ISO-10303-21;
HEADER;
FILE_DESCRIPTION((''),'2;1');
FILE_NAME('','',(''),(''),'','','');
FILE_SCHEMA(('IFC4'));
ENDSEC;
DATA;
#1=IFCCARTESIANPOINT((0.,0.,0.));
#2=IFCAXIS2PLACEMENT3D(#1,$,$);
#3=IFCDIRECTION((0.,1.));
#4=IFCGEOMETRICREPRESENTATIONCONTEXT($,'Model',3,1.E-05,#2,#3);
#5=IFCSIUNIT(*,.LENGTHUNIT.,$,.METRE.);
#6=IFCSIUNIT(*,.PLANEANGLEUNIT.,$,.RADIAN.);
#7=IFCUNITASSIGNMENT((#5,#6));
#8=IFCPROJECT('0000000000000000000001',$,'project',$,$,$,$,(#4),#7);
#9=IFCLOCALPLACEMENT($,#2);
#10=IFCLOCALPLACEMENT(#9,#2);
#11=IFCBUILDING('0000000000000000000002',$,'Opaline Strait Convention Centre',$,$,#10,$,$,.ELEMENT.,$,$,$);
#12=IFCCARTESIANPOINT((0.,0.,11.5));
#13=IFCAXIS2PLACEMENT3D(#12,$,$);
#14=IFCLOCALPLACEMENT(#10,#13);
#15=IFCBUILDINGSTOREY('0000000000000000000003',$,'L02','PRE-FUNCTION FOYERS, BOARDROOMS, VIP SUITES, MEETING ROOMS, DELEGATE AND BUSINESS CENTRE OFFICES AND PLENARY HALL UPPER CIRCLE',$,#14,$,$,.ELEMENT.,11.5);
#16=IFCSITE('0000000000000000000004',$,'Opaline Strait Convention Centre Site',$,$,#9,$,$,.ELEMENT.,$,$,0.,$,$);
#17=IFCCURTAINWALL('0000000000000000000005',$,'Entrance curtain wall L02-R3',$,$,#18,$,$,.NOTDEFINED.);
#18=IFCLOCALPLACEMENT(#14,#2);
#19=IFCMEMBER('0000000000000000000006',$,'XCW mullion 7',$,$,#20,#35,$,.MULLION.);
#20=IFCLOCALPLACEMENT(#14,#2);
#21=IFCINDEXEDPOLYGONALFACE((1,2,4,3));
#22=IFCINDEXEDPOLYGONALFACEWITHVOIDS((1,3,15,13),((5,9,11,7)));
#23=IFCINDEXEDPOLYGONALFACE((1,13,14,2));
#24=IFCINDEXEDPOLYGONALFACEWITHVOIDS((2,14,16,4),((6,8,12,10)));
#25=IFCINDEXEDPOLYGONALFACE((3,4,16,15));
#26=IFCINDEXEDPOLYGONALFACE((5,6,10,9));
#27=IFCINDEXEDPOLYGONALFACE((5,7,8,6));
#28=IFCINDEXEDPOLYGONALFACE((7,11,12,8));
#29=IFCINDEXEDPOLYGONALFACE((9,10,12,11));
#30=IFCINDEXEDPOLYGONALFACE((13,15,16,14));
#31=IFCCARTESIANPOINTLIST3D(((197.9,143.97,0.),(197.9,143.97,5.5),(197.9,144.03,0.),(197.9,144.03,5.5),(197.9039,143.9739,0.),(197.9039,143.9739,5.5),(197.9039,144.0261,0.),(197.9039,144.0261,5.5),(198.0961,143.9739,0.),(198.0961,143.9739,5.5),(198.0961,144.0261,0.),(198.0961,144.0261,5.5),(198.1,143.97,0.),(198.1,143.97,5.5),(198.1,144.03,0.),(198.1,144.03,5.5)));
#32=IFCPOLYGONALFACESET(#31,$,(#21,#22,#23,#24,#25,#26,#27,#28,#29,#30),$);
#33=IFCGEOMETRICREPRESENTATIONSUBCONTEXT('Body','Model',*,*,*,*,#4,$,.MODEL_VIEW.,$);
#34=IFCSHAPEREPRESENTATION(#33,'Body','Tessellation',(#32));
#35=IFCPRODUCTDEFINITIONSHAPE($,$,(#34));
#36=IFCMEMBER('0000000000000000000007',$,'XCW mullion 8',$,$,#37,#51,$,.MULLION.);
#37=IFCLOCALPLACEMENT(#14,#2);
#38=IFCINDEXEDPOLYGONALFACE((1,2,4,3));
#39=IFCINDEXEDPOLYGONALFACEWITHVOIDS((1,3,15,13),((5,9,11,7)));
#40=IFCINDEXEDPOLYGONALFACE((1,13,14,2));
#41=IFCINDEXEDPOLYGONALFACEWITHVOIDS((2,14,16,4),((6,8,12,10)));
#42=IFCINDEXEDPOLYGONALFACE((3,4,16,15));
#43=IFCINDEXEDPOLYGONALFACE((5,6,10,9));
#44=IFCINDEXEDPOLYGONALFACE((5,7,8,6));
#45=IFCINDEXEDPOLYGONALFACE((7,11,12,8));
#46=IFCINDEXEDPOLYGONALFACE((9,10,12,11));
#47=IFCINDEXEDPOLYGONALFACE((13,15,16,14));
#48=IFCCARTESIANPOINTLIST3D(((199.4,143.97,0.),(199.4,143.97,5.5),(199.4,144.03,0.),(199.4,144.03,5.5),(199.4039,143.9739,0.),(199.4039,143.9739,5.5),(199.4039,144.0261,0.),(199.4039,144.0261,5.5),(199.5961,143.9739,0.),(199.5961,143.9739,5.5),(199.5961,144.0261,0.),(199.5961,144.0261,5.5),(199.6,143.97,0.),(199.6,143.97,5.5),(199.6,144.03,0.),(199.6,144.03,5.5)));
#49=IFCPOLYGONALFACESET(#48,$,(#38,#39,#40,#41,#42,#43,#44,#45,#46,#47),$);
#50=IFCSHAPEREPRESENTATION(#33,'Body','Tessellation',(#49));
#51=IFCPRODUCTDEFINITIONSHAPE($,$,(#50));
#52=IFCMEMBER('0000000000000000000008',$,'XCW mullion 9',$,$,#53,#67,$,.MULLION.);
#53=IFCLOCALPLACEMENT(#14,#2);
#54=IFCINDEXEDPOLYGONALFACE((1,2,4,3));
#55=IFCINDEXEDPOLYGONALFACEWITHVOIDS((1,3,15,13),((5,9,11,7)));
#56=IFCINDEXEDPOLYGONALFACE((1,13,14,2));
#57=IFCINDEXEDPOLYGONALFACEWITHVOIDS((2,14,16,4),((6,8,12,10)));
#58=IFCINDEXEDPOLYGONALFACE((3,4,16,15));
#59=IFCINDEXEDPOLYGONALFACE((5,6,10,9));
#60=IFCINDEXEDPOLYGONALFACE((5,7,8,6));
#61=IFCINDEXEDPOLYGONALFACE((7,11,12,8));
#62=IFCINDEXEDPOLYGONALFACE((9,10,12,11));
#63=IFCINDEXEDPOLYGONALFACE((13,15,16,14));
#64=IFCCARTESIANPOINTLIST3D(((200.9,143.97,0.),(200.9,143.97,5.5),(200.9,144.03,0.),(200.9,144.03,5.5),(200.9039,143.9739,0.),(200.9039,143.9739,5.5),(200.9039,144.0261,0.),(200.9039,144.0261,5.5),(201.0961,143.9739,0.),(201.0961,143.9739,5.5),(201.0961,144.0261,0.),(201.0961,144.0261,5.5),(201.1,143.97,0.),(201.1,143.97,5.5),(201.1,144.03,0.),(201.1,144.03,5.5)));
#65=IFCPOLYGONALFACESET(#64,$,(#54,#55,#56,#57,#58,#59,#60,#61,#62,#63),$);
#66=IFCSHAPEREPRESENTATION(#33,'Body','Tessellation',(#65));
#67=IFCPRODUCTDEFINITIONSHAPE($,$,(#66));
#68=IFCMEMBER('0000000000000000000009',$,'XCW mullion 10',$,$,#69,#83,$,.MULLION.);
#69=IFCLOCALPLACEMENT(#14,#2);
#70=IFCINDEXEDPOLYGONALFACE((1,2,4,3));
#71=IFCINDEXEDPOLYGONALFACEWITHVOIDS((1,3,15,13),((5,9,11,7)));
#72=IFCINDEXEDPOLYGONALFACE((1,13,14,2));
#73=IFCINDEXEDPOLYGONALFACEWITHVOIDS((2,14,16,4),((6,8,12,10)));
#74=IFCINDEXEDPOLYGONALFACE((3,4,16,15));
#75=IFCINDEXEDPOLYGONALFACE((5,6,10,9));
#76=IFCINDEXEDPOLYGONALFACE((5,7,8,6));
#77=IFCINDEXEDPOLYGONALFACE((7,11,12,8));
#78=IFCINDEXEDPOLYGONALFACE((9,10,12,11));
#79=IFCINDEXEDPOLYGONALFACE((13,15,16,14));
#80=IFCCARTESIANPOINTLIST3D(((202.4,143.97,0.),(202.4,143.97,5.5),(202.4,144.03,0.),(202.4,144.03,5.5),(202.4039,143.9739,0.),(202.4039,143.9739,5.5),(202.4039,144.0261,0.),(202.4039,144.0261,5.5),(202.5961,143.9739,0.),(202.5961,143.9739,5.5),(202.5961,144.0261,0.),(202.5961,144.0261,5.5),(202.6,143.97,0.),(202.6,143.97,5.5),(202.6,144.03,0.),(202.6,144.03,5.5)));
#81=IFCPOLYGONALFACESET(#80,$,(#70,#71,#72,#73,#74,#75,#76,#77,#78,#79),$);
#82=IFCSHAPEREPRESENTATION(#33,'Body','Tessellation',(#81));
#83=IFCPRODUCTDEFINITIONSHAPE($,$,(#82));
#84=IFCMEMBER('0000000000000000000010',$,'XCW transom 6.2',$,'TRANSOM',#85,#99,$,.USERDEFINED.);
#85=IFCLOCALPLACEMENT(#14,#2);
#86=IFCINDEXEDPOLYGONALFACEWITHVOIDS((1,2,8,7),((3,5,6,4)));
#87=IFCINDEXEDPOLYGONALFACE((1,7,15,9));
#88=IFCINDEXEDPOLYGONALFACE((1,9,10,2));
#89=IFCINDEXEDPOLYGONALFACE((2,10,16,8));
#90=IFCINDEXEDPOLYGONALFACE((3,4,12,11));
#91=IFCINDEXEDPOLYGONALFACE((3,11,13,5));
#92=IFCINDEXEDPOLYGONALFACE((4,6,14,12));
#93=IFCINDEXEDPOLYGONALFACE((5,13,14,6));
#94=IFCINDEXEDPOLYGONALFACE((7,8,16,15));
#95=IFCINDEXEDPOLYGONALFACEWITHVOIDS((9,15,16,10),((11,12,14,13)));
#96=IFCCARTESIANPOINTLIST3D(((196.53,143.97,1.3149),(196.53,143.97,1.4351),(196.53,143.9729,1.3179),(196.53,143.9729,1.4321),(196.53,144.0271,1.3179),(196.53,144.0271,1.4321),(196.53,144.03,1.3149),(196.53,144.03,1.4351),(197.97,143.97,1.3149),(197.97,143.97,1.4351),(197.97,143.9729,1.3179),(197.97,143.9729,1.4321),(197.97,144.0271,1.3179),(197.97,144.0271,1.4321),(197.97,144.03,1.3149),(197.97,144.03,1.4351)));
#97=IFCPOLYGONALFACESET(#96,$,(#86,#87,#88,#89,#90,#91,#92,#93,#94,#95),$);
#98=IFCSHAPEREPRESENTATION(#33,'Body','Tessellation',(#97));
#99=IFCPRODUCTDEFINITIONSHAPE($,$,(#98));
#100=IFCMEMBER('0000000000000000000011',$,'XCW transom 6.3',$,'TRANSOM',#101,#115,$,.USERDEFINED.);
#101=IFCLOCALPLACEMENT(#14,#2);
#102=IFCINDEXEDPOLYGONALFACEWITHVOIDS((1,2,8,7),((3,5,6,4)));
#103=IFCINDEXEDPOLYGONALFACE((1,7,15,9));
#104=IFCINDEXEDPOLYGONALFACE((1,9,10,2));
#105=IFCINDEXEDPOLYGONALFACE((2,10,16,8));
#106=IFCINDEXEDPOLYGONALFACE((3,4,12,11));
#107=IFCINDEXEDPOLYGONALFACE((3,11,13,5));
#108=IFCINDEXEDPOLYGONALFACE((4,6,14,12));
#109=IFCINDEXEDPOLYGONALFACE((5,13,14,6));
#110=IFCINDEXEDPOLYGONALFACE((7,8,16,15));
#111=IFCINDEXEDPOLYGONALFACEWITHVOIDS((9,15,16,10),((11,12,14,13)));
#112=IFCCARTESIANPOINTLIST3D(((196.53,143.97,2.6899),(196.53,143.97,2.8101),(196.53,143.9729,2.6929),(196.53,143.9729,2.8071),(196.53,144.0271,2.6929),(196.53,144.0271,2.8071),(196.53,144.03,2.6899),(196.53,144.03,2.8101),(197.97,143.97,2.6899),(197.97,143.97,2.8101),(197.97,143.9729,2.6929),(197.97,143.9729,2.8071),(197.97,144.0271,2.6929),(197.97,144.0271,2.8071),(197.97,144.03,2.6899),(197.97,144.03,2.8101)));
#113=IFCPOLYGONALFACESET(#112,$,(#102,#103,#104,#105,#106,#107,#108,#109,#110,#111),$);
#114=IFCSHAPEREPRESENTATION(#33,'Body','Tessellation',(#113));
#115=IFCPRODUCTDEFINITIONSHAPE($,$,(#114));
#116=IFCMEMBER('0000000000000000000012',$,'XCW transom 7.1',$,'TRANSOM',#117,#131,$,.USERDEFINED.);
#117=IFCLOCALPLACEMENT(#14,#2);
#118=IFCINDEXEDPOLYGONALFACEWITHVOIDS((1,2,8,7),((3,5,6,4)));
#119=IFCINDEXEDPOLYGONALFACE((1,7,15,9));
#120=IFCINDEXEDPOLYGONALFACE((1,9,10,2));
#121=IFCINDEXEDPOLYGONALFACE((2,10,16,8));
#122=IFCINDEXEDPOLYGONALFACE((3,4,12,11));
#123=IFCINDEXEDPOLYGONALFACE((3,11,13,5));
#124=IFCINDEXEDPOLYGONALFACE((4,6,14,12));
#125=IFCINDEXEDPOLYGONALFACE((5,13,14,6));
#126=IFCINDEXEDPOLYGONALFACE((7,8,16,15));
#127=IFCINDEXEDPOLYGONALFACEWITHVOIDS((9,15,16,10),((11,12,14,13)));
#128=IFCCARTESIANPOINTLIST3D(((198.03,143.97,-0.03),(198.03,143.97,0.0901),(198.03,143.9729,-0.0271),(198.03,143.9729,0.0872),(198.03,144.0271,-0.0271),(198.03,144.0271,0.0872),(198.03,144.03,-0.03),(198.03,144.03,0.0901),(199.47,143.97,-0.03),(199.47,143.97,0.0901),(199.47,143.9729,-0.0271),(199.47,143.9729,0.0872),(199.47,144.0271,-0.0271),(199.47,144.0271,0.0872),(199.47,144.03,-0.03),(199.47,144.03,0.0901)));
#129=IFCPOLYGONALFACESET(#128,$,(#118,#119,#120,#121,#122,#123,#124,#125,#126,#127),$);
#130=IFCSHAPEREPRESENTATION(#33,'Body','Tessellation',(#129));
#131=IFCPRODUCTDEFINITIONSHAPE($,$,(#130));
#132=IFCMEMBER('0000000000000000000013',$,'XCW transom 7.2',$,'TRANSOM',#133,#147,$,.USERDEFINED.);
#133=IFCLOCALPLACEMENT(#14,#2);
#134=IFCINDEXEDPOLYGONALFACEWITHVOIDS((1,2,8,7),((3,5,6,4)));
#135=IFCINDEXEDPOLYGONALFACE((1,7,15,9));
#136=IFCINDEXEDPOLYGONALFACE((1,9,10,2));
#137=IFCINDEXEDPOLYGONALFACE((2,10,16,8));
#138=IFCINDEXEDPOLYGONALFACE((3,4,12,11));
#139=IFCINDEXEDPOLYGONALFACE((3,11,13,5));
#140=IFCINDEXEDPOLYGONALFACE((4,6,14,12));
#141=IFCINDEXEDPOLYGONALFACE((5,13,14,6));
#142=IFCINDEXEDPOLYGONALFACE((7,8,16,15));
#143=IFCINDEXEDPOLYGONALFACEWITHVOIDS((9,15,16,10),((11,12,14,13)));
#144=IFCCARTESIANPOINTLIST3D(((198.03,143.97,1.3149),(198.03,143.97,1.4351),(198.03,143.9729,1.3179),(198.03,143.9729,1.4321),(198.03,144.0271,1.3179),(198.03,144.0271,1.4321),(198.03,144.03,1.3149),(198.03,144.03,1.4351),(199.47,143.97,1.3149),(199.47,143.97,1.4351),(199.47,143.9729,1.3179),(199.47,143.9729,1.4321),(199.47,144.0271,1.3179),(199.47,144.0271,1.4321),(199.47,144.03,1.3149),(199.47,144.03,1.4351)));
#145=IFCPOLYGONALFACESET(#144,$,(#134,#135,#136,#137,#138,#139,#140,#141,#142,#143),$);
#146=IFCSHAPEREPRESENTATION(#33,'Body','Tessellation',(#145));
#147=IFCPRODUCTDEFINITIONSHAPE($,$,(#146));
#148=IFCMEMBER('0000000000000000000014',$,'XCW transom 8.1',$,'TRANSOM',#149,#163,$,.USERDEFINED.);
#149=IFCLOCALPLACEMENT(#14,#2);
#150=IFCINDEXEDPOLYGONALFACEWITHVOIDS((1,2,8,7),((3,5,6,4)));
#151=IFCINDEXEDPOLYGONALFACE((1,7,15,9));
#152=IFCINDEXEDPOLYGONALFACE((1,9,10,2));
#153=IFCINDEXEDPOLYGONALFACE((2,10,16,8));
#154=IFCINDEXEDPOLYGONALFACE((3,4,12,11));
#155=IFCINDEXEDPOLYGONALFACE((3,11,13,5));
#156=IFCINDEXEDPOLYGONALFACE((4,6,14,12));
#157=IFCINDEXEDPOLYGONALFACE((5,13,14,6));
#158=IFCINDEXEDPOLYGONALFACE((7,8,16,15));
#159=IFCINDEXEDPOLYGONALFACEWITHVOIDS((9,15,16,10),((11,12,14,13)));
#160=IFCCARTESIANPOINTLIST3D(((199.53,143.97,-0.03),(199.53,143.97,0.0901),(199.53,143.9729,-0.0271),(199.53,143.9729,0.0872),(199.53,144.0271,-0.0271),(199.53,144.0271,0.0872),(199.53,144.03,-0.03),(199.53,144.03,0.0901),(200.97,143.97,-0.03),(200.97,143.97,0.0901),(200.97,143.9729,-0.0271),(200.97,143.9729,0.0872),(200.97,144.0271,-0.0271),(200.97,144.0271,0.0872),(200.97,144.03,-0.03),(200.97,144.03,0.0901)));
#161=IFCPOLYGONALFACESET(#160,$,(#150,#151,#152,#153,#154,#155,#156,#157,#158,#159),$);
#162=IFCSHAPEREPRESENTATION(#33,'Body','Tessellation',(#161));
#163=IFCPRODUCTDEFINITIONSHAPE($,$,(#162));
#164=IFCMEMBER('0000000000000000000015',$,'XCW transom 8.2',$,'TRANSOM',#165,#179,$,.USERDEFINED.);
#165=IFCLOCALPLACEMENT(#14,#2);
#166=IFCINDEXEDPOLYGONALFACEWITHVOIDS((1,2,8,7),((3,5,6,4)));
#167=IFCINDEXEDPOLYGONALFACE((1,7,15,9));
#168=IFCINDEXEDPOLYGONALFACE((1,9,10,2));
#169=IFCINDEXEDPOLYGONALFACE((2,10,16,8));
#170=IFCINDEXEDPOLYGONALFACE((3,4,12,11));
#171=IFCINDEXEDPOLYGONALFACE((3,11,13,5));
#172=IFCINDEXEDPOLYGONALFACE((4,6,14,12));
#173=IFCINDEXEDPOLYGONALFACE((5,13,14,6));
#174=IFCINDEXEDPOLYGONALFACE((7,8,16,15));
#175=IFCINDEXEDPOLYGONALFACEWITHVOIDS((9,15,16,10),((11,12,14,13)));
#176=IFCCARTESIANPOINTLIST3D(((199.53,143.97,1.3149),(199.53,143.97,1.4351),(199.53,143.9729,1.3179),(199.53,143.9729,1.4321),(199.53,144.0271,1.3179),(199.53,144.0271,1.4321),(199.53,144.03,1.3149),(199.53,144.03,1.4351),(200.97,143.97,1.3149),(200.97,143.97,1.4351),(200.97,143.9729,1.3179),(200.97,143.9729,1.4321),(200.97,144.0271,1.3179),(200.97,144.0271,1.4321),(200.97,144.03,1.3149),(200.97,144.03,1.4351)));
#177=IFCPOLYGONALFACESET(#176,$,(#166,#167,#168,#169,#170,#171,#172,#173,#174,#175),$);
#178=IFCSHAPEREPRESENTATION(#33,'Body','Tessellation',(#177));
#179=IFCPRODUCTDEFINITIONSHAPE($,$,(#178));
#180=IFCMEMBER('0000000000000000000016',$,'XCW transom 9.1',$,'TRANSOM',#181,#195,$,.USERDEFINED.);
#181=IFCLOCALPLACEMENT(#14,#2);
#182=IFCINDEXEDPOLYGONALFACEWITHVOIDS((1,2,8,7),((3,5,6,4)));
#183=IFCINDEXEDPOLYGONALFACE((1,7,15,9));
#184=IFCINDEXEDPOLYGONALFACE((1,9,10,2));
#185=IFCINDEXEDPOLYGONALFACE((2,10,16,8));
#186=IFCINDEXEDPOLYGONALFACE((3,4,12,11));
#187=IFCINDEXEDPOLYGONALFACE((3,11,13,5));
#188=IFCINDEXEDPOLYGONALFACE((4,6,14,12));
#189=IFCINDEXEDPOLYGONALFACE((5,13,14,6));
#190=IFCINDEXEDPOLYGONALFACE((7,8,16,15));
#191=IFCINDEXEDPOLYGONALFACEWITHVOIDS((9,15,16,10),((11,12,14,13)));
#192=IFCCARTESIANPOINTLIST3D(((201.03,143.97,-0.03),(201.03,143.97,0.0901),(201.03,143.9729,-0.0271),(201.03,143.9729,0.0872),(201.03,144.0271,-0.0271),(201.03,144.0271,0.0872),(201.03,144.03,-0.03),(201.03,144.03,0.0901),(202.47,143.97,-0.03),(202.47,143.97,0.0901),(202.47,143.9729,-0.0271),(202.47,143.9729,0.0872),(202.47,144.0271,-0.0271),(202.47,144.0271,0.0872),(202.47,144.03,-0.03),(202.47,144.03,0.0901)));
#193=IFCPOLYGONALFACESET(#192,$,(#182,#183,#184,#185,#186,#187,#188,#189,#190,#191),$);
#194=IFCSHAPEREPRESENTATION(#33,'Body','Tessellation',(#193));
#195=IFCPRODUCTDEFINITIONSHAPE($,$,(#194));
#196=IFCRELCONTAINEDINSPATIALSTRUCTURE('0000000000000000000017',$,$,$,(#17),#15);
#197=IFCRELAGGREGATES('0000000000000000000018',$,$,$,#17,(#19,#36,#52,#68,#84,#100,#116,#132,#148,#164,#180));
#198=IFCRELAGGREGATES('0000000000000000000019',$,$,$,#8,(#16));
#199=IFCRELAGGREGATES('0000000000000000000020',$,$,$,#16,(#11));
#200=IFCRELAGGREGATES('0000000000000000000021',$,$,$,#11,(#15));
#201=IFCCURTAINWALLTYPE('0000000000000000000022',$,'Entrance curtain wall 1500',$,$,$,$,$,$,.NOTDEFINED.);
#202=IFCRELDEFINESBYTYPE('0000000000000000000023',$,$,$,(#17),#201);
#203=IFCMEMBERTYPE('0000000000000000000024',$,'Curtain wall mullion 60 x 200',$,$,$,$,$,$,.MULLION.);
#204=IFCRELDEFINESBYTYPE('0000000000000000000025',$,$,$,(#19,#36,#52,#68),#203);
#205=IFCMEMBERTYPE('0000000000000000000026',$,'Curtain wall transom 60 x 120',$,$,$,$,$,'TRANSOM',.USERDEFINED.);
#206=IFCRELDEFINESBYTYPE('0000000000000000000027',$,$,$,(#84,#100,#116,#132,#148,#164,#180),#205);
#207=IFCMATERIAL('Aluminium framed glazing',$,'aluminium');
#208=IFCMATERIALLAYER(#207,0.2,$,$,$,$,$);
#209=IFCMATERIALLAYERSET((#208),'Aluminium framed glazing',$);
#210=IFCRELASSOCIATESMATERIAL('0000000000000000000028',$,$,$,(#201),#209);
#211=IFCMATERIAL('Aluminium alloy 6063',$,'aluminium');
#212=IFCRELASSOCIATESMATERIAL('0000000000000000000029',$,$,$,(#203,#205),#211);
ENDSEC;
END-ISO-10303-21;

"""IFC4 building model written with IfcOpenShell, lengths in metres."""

from ifc_helpers import new_model, si_unit, direction, frame, origin, origin_2d, place, context, subcontext, project, spatial, hollow_rectangle, extrude, material, layer, layer_set, material_profile, profile_set, type_object, element, aggregate, save


model = new_model("IFC4")

# Units and contexts
model_context = context("Model", 3, precision=1e-05, world=origin(), true_north=direction((0.0, 1.0)))
body_context = subcontext(model_context, "Body", "Model", "MODEL_VIEW")
ifc_project = project(units=[si_unit("LENGTHUNIT", "METRE"), si_unit("PLANEANGLEUNIT", "RADIAN")], contexts=[model_context])

# Site, building, storey
site_placement = place(None, origin())
site = spatial("IfcSite", under=ifc_project, at=site_placement, Name="Opaline Strait Convention Centre Site", CompositionType="ELEMENT", RefElevation=0.0)
building_placement = place(site_placement, origin())
building = spatial("IfcBuilding", under=site, at=building_placement, Name="Opaline Strait Convention Centre", CompositionType="ELEMENT")
storey_placement = place(building_placement, frame((0.0, 0.0, 11.5)))
storey = spatial("IfcBuildingStorey", under=building, at=storey_placement, Name="L02", Description="PRE-FUNCTION FOYERS, BOARDROOMS, VIP SUITES, MEETING ROOMS, DELEGATE AND BUSINESS CENTRE OFFICES AND PLENARY HALL UPPER CIRCLE", CompositionType="ELEMENT", Elevation=11.5)

# Curtain wall, members
ifc_material_1 = material(Name="Aluminium framed glazing", Category="aluminium")
ifc_layer_1 = layer(ifc_material_1, 0.2)
ifc_layer_set_1 = layer_set([ifc_layer_1], Name="Aluminium framed glazing")
curtain_wall_type = type_object("IfcCurtainWallType", Name="Entrance curtain wall 1500", PredefinedType="NOTDEFINED", material=ifc_layer_set_1)
curtain_wall_placement = place(storey_placement, origin())
curtain_wall = element("IfcCurtainWall", 1, at=curtain_wall_placement, inside=storey, type_object=curtain_wall_type, Name="Entrance curtain wall L02-R3", PredefinedType="NOTDEFINED")
ifc_material_2 = material(Name="Aluminium alloy 6063", Category="aluminium")
ifc_material_profile_1 = material_profile(ifc_material_2, hollow_rectangle(XDim=0.0601, YDim=0.2, WallThickness=0.0039, at=origin_2d()), Name="MULLION 60x200x4")
ifc_profile_set_1 = profile_set([ifc_material_profile_1], Name="Aluminium alloy 6063")
member_type_1 = type_object("IfcMemberType", Name="Curtain wall mullion 60 x 200", PredefinedType="MULLION", material=ifc_profile_set_1)
member_1_placement = place(storey_placement, frame((198.0, 144.0, 0.0), z_axis=(0.0, 0.0, 1.0), x_axis=(0.0, 1.0, 0.0)))
member_1 = element("IfcMember", 2, at=member_1_placement, type_object=member_type_1, Name="XCW mullion 7", PredefinedType="MULLION", context=body_context, shape_type="SweptSolid", body=[
    extrude(hollow_rectangle(XDim=0.0601, YDim=0.2, WallThickness=0.0039, at=origin_2d()), origin(), (0.0, 0.0, 1.0), 5.5),
])
member_2_placement = place(storey_placement, frame((199.5, 144.0, 0.0), z_axis=(0.0, 0.0, 1.0), x_axis=(0.0, 1.0, 0.0)))
member_2 = element("IfcMember", 3, at=member_2_placement, type_object=member_type_1, Name="XCW mullion 8", PredefinedType="MULLION", context=body_context, shape_type="SweptSolid", body=[
    extrude(hollow_rectangle(XDim=0.0601, YDim=0.2, WallThickness=0.0039, at=origin_2d()), origin(), (0.0, 0.0, 1.0), 5.5),
])
member_3_placement = place(storey_placement, frame((201.0, 144.0, 0.0), z_axis=(0.0, 0.0, 1.0), x_axis=(0.0, 1.0, 0.0)))
member_3 = element("IfcMember", 4, at=member_3_placement, type_object=member_type_1, Name="XCW mullion 9", PredefinedType="MULLION", context=body_context, shape_type="SweptSolid", body=[
    extrude(hollow_rectangle(XDim=0.0601, YDim=0.2, WallThickness=0.0039, at=origin_2d()), origin(), (0.0, 0.0, 1.0), 5.5),
])
member_4_placement = place(storey_placement, frame((202.5, 144.0, 0.0), z_axis=(0.0, 0.0, 1.0), x_axis=(0.0, 1.0, 0.0)))
member_4 = element("IfcMember", 5, at=member_4_placement, type_object=member_type_1, Name="XCW mullion 10", PredefinedType="MULLION", context=body_context, shape_type="SweptSolid", body=[
    extrude(hollow_rectangle(XDim=0.0601, YDim=0.2, WallThickness=0.0039, at=origin_2d()), origin(), (0.0, 0.0, 1.0), 5.5),
])
ifc_material_profile_2 = material_profile(ifc_material_2, hollow_rectangle(XDim=0.0601, YDim=0.1201, WallThickness=0.0029, at=origin_2d()), Name="TRANSOM 60x120x3")
ifc_profile_set_2 = profile_set([ifc_material_profile_2], Name="Aluminium alloy 6063")
member_type_2 = type_object("IfcMemberType", Name="Curtain wall transom 60 x 120", ElementType="TRANSOM", PredefinedType="USERDEFINED", material=ifc_profile_set_2)
member_5_placement = place(storey_placement, frame((196.53, 144.0, 1.375), z_axis=(1.0, 0.0, 0.0), x_axis=(0.0, 1.0, 0.0)))
member_5 = element("IfcMember", 6, at=member_5_placement, type_object=member_type_2, Name="XCW transom 6.2", ObjectType="TRANSOM", PredefinedType="USERDEFINED", context=body_context, shape_type="SweptSolid", body=[
    extrude(hollow_rectangle(XDim=0.0601, YDim=0.1201, WallThickness=0.0029, at=origin_2d()), origin(), (0.0, 0.0, 1.0), 1.4399),
])
member_6_placement = place(storey_placement, frame((196.53, 144.0, 2.75), z_axis=(1.0, 0.0, 0.0), x_axis=(0.0, 1.0, 0.0)))
member_6 = element("IfcMember", 7, at=member_6_placement, type_object=member_type_2, Name="XCW transom 6.3", ObjectType="TRANSOM", PredefinedType="USERDEFINED", context=body_context, shape_type="SweptSolid", body=[
    extrude(hollow_rectangle(XDim=0.0601, YDim=0.1201, WallThickness=0.0029, at=origin_2d()), origin(), (0.0, 0.0, 1.0), 1.4399),
])
member_7_placement = place(storey_placement, frame((198.03, 144.0, 0.03), z_axis=(1.0, 0.0, 0.0), x_axis=(0.0, 1.0, 0.0)))
member_7 = element("IfcMember", 8, at=member_7_placement, type_object=member_type_2, Name="XCW transom 7.1", ObjectType="TRANSOM", PredefinedType="USERDEFINED", context=body_context, shape_type="SweptSolid", body=[
    extrude(hollow_rectangle(XDim=0.0601, YDim=0.1201, WallThickness=0.0029, at=origin_2d()), origin(), (0.0, 0.0, 1.0), 1.4399),
])
member_8_placement = place(storey_placement, frame((198.03, 144.0, 1.375), z_axis=(1.0, 0.0, 0.0), x_axis=(0.0, 1.0, 0.0)))
member_8 = element("IfcMember", 9, at=member_8_placement, type_object=member_type_2, Name="XCW transom 7.2", ObjectType="TRANSOM", PredefinedType="USERDEFINED", context=body_context, shape_type="SweptSolid", body=[
    extrude(hollow_rectangle(XDim=0.0601, YDim=0.1201, WallThickness=0.0029, at=origin_2d()), origin(), (0.0, 0.0, 1.0), 1.4399),
])
member_9_placement = place(storey_placement, frame((199.53, 144.0, 0.03), z_axis=(1.0, 0.0, 0.0), x_axis=(0.0, 1.0, 0.0)))
member_9 = element("IfcMember", 10, at=member_9_placement, type_object=member_type_2, Name="XCW transom 8.1", ObjectType="TRANSOM", PredefinedType="USERDEFINED", context=body_context, shape_type="SweptSolid", body=[
    extrude(hollow_rectangle(XDim=0.0601, YDim=0.1201, WallThickness=0.0029, at=origin_2d()), origin(), (0.0, 0.0, 1.0), 1.4399),
])
member_10_placement = place(storey_placement, frame((199.53, 144.0, 1.375), z_axis=(1.0, 0.0, 0.0), x_axis=(0.0, 1.0, 0.0)))
member_10 = element("IfcMember", 11, at=member_10_placement, type_object=member_type_2, Name="XCW transom 8.2", ObjectType="TRANSOM", PredefinedType="USERDEFINED", context=body_context, shape_type="SweptSolid", body=[
    extrude(hollow_rectangle(XDim=0.0601, YDim=0.1201, WallThickness=0.0029, at=origin_2d()), origin(), (0.0, 0.0, 1.0), 1.4399),
])
member_11_placement = place(storey_placement, frame((201.03, 144.0, 0.03), z_axis=(1.0, 0.0, 0.0), x_axis=(0.0, 1.0, 0.0)))
member_11 = element("IfcMember", 12, at=member_11_placement, type_object=member_type_2, Name="XCW transom 9.1", ObjectType="TRANSOM", PredefinedType="USERDEFINED", context=body_context, shape_type="SweptSolid", body=[
    extrude(hollow_rectangle(XDim=0.0601, YDim=0.1201, WallThickness=0.0029, at=origin_2d()), origin(), (0.0, 0.0, 1.0), 1.4399),
])
aggregate(curtain_wall, [member_1, member_2, member_3, member_4, member_5, member_6, member_7, member_8, member_9, member_10, member_11])

save(model, "model.ifc")
